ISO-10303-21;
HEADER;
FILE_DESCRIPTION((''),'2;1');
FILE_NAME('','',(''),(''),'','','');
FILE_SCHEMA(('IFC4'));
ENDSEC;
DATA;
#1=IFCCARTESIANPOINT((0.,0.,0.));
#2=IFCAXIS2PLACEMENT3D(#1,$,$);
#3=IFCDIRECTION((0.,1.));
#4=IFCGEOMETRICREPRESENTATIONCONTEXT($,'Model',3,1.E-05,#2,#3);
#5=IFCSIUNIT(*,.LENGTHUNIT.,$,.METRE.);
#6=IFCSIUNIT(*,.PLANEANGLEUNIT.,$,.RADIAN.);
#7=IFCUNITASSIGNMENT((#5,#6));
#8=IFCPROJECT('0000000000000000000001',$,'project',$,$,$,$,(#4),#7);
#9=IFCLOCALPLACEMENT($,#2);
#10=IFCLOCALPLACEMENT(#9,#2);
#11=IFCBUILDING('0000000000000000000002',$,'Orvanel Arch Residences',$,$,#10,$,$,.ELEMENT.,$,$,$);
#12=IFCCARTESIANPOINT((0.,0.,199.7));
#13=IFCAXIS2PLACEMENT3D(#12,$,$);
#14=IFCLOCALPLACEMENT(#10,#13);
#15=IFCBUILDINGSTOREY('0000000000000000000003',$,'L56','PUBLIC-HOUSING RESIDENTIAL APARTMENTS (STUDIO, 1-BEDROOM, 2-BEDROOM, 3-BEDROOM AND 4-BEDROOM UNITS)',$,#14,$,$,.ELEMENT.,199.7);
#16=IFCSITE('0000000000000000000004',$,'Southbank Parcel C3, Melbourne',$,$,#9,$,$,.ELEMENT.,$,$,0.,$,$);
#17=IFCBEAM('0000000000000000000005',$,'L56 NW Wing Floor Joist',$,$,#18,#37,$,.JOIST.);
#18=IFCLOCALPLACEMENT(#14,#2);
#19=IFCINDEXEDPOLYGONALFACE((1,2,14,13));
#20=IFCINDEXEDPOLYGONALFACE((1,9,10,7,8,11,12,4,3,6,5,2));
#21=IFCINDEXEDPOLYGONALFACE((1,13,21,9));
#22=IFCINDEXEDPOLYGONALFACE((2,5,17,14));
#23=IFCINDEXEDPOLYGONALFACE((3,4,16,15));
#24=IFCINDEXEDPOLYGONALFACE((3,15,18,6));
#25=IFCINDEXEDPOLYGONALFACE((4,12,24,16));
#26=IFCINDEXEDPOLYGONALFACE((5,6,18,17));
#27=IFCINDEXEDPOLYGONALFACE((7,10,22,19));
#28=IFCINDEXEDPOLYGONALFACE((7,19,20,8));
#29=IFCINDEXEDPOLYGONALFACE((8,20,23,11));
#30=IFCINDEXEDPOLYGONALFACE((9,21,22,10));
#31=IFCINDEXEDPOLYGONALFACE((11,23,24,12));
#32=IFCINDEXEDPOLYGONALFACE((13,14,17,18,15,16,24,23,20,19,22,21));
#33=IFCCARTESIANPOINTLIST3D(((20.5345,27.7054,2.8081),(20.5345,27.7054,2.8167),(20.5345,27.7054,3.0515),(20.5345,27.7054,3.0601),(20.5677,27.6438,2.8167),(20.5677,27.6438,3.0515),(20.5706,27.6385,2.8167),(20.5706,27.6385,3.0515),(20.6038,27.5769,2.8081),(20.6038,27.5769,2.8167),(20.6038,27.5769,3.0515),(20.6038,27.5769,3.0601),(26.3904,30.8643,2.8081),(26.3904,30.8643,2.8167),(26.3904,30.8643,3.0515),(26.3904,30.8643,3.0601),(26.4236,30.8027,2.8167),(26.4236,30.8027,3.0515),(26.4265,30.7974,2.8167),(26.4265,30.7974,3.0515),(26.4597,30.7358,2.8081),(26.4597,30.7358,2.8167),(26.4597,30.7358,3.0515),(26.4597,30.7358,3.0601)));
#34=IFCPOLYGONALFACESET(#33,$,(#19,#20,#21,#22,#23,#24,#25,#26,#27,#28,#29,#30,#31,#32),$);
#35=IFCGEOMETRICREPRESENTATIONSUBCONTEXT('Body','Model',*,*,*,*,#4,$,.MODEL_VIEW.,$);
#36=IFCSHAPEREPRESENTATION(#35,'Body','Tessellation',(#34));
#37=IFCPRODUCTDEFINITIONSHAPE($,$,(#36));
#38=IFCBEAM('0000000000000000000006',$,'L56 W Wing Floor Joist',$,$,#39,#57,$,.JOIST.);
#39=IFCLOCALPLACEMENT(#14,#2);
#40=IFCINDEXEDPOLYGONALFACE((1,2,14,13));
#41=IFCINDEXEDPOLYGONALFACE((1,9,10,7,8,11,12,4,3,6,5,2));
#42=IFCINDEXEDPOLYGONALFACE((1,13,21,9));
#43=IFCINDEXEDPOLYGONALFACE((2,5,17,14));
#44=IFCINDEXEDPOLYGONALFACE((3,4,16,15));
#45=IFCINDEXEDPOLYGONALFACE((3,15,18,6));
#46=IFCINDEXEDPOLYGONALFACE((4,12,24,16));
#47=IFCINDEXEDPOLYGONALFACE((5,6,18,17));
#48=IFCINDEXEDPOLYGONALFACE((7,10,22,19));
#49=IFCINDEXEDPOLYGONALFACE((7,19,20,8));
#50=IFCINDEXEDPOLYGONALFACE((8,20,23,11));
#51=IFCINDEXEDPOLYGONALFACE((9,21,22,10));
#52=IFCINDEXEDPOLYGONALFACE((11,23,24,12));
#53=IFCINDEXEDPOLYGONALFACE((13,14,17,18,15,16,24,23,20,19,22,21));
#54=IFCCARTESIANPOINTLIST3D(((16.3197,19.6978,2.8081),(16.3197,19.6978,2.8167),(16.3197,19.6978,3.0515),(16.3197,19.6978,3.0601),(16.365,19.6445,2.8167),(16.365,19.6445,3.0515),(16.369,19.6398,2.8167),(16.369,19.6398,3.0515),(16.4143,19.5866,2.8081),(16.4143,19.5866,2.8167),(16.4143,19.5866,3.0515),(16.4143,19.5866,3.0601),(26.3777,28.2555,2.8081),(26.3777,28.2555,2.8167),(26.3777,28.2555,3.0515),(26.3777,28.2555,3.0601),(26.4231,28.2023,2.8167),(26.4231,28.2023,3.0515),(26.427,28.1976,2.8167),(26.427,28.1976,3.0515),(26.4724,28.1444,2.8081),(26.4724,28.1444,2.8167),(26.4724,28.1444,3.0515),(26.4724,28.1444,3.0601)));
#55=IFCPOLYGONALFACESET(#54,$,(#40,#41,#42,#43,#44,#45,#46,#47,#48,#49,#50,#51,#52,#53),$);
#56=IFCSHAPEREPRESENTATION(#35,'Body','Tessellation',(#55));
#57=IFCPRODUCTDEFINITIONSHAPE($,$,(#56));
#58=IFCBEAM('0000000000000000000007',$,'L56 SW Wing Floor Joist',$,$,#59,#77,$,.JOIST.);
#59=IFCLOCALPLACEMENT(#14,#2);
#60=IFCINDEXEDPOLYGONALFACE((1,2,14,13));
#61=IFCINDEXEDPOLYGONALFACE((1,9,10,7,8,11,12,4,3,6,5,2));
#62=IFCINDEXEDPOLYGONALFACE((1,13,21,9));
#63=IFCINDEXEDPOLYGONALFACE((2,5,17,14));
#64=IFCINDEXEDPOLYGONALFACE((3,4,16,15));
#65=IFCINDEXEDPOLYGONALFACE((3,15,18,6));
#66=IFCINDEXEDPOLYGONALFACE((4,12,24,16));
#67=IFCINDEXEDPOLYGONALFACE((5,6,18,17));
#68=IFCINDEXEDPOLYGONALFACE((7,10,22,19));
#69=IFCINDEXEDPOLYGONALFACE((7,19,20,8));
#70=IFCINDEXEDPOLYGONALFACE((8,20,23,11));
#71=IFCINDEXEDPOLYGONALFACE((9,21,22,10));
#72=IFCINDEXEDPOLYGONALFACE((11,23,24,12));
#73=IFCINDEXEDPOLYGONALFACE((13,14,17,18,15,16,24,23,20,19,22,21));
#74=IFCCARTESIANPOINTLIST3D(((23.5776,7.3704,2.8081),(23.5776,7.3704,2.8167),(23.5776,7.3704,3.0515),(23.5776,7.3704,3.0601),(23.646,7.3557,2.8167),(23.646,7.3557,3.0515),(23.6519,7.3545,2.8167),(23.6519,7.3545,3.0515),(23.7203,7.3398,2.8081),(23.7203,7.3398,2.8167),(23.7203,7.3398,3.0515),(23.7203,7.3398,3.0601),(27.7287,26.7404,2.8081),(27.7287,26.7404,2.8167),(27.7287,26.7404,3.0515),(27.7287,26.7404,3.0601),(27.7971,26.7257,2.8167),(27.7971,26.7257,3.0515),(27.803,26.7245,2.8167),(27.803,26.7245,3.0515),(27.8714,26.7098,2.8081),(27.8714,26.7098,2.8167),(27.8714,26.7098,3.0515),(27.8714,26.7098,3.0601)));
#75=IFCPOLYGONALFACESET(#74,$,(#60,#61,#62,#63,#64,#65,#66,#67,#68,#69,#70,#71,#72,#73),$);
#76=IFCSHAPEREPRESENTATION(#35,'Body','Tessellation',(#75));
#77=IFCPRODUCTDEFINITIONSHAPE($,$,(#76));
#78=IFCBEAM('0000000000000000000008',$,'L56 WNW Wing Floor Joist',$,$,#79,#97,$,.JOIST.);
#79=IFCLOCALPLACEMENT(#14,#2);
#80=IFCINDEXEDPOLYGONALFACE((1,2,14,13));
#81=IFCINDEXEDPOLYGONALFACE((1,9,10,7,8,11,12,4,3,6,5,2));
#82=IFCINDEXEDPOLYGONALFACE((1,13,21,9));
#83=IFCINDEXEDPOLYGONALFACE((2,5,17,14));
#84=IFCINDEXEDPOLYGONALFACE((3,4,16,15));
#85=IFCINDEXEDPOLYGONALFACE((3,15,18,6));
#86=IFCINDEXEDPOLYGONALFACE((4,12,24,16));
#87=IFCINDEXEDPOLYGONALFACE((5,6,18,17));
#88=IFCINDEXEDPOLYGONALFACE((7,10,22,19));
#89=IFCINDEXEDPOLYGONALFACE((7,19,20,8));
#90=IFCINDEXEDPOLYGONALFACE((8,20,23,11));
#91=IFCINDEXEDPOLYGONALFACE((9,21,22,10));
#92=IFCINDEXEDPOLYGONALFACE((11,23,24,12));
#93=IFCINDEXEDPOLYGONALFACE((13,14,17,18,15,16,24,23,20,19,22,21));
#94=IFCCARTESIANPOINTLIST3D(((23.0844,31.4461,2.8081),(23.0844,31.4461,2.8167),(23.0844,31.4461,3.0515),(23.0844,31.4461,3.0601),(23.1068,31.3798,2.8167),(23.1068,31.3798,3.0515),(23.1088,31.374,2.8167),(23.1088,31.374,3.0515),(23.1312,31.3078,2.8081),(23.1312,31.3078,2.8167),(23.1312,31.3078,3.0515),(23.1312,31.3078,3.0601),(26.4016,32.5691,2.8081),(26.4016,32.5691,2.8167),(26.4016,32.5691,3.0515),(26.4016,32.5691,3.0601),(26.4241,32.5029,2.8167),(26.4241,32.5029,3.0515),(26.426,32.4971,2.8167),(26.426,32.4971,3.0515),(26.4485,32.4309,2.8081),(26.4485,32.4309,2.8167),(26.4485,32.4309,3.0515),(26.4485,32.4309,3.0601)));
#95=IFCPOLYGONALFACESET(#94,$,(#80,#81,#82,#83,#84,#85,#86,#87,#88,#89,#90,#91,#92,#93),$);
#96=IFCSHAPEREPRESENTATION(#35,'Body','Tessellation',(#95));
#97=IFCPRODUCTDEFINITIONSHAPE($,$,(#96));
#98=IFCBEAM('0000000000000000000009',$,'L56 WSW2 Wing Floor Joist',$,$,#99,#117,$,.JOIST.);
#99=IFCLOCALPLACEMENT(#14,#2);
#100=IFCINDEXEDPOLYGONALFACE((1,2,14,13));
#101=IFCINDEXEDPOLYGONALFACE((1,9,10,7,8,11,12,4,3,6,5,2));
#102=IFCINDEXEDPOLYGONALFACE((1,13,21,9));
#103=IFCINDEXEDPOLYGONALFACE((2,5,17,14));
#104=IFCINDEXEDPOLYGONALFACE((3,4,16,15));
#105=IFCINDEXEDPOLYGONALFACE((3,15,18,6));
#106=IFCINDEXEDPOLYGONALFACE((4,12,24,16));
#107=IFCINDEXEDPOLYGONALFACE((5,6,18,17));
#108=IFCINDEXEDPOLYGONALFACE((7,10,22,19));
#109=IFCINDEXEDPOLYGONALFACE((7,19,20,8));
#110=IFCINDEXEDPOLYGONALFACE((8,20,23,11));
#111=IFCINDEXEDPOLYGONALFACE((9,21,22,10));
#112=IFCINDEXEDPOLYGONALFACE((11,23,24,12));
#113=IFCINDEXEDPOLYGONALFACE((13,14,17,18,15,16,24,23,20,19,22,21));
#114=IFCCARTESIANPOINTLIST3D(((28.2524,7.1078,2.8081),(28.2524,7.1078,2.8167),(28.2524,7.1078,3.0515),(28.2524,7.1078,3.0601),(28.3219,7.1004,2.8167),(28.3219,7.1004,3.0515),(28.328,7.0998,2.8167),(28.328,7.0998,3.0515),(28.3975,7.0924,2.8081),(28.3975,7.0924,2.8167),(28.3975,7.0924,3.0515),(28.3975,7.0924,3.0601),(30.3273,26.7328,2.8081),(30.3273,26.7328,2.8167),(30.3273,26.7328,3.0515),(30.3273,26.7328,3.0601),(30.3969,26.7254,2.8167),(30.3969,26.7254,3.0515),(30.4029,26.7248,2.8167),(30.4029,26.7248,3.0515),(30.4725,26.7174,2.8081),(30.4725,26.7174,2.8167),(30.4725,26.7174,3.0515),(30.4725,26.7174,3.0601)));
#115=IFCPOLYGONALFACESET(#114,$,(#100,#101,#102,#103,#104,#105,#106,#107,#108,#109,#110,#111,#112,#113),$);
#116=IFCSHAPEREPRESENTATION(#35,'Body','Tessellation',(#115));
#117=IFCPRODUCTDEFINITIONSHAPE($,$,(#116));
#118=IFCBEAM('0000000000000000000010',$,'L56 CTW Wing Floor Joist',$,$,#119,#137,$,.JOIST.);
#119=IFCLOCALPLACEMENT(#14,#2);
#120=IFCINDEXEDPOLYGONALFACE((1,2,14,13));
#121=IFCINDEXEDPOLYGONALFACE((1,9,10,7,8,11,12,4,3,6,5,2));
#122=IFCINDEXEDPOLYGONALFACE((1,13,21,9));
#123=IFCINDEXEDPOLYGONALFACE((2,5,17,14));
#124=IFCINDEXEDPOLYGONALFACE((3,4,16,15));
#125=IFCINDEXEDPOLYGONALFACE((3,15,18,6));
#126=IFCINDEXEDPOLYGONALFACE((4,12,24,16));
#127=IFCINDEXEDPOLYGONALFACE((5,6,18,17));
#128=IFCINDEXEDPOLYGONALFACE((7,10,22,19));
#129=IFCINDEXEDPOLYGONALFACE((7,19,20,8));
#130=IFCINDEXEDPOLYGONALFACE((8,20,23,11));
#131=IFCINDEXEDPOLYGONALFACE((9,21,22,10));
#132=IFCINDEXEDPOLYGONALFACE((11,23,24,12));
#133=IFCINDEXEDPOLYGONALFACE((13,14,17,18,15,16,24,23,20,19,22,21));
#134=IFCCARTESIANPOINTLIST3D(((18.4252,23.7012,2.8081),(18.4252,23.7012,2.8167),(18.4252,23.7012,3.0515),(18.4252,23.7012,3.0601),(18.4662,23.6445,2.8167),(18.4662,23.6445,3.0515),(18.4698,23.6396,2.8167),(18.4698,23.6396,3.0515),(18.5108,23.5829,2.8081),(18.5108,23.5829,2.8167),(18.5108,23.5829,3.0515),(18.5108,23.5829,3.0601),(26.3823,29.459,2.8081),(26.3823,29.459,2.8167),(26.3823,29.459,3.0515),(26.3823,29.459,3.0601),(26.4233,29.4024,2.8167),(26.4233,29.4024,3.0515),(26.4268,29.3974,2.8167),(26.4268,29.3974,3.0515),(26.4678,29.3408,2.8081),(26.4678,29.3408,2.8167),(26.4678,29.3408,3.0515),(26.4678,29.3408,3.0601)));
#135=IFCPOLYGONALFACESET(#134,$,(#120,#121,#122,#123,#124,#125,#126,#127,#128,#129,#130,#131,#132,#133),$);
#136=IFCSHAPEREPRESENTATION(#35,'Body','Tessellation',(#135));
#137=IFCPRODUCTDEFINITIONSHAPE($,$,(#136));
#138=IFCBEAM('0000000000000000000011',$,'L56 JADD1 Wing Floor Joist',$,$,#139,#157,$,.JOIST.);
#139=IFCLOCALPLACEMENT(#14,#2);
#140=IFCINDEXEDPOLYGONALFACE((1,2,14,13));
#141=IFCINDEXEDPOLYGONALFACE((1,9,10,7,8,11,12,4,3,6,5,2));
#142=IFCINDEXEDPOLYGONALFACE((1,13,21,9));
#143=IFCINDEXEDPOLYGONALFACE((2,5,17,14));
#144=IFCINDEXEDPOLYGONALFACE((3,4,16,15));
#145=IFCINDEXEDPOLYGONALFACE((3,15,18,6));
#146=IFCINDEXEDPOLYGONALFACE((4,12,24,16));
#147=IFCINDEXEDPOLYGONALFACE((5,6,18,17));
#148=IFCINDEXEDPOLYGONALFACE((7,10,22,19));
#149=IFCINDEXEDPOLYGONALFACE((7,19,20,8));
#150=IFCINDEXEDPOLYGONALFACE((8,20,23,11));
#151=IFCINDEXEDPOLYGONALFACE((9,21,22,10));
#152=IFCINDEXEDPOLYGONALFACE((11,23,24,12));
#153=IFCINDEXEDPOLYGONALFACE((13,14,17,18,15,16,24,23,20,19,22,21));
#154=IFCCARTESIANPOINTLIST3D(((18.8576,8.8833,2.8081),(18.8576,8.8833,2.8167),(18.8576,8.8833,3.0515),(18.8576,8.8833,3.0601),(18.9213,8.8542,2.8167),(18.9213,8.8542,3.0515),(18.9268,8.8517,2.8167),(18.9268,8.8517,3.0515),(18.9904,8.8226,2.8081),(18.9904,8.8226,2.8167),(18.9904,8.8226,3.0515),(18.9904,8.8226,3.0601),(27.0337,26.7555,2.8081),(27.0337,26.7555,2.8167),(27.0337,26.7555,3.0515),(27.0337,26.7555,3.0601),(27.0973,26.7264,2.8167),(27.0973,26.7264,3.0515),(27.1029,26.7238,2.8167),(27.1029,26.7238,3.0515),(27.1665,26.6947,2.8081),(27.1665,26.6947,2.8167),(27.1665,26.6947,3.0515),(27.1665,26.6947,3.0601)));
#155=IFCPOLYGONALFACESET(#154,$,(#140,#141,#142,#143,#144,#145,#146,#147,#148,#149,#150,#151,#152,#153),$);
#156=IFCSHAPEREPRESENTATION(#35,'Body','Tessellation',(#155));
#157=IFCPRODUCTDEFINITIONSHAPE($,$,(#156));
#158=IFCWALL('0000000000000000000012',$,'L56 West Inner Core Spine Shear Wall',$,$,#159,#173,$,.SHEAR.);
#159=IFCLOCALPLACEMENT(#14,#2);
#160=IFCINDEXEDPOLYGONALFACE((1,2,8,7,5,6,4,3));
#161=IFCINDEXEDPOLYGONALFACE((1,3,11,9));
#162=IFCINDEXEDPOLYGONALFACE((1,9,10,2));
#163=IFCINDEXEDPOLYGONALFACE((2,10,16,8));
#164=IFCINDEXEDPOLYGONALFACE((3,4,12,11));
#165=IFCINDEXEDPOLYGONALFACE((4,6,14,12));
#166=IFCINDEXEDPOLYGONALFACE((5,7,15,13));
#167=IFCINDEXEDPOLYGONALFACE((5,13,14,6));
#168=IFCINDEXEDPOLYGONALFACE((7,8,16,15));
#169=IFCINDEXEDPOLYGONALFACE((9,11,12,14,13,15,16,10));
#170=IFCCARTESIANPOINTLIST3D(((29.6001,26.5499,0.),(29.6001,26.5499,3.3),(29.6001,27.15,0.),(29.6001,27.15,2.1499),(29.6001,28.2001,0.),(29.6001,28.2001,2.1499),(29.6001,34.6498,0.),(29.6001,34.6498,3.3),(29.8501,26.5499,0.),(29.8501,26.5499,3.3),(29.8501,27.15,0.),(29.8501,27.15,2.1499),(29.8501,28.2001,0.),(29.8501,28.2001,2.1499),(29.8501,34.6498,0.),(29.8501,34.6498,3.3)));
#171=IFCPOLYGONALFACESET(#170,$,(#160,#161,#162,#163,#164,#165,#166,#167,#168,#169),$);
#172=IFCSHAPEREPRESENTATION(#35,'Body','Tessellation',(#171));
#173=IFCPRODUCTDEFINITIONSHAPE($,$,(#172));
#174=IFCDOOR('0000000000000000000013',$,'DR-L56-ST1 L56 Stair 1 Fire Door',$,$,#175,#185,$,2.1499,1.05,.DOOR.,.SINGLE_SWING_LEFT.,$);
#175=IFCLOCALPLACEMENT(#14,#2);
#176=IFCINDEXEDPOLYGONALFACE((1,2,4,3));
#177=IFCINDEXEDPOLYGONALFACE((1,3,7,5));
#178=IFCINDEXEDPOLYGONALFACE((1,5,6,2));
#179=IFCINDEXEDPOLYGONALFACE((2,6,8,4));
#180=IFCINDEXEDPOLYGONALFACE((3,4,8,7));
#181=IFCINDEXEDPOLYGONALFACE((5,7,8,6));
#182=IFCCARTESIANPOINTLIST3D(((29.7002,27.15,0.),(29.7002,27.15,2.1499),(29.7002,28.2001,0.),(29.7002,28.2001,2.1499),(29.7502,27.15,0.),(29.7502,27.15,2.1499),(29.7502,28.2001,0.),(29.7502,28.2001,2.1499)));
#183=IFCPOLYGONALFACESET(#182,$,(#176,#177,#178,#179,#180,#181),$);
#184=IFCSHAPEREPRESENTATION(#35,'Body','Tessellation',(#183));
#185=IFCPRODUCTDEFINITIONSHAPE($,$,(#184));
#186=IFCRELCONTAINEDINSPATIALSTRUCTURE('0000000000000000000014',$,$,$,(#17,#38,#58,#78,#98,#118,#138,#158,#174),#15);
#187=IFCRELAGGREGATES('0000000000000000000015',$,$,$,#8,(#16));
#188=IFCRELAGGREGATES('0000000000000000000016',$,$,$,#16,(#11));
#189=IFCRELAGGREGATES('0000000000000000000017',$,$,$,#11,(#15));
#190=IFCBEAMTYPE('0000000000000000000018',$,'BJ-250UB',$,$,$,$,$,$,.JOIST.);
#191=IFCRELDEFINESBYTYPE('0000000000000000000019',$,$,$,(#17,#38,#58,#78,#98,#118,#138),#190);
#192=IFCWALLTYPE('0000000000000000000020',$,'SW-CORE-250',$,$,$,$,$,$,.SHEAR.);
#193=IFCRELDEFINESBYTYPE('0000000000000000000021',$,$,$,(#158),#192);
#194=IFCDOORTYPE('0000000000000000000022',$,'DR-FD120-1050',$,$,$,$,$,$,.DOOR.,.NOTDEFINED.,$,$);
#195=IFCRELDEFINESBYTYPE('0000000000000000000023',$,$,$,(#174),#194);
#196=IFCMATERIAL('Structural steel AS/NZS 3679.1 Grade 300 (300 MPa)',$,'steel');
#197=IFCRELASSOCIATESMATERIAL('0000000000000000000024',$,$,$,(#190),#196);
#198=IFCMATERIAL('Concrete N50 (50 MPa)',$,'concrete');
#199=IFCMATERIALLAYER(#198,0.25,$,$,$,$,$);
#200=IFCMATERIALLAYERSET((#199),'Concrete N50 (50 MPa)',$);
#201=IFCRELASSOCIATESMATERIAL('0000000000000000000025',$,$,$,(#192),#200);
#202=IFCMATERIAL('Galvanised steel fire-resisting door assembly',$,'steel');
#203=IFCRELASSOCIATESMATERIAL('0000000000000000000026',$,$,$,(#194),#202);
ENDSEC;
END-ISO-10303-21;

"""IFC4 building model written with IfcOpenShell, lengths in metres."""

from ifc_helpers import new_model, si_unit, direction, frame, frame_2d, origin, origin_2d, place, context, subcontext, project, spatial, rectangle, i_section, extrude, material, layer, layer_set, material_profile, profile_set, type_object, element, fill, save


model = new_model("IFC4")

# Units and contexts
model_context = context("Model", 3, precision=1e-05, world=origin(), true_north=direction((0.0, 1.0)))
body_context = subcontext(model_context, "Body", "Model", "MODEL_VIEW")
ifc_project = project(units=[si_unit("LENGTHUNIT", "METRE"), si_unit("PLANEANGLEUNIT", "RADIAN")], contexts=[model_context])

# Site, building, storey
site_placement = place(None, origin())
site = spatial("IfcSite", under=ifc_project, at=site_placement, Name="Southbank Parcel C3, Melbourne", CompositionType="ELEMENT", RefElevation=0.0)
building_placement = place(site_placement, origin())
building = spatial("IfcBuilding", under=site, at=building_placement, Name="Orvanel Arch Residences", CompositionType="ELEMENT")
storey_placement = place(building_placement, frame((0.0, 0.0, 199.7)))
storey = spatial("IfcBuildingStorey", under=building, at=storey_placement, Name="L56", Description="PUBLIC-HOUSING RESIDENTIAL APARTMENTS (STUDIO, 1-BEDROOM, 2-BEDROOM, 3-BEDROOM AND 4-BEDROOM UNITS)", CompositionType="ELEMENT", Elevation=199.7)

# Beams
ifc_material_1 = material(Name="Structural steel AS/NZS 3679.1 Grade 300 (300 MPa)", Category="steel")
ifc_material_profile = material_profile(ifc_material_1, i_section(OverallWidth=0.146, OverallDepth=0.252, WebThickness=0.0061, FlangeThickness=0.0085, at=origin_2d()), Name="250UB31.4")
ifc_profile_set = profile_set([ifc_material_profile], Name="Structural steel AS/NZS 3679.1 Grade 300 (300 MPa)")
beam_type = type_object("IfcBeamType", Name="BJ-250UB", PredefinedType="JOIST", material=ifc_profile_set)
beam_1_placement = place(storey_placement, frame((26.425, 30.8, 2.9341), z_axis=(-0.880111, -0.474767, 0.0), x_axis=(0.474767, -0.880111, 0.0)))
element("IfcBeam", 1, at=beam_1_placement, inside=storey, type_object=beam_type, Name="L56 NW Wing Floor Joist", PredefinedType="JOIST", context=body_context, shape_type="SweptSolid", body=[
    extrude(i_section(OverallWidth=0.146, OverallDepth=0.252, WebThickness=0.0061, FlangeThickness=0.0085, at=origin_2d()), origin(), (0.0, 0.0, 1.0), 6.6536),
])
beam_2_placement = place(storey_placement, frame((26.425, 28.2, 2.9341), z_axis=(-0.761623, -0.648021, 0.0), x_axis=(0.648021, -0.761623, 0.0)))
element("IfcBeam", 2, at=beam_2_placement, inside=storey, type_object=beam_type, Name="L56 W Wing Floor Joist", PredefinedType="JOIST", context=body_context, shape_type="SweptSolid", body=[
    extrude(i_section(OverallWidth=0.146, OverallDepth=0.252, WebThickness=0.0061, FlangeThickness=0.0085, at=origin_2d()), origin(), (0.0, 0.0, 1.0), 13.2061),
])
beam_3_placement = place(storey_placement, frame((27.8, 26.7251, 2.9341), z_axis=(-0.209548, -0.977798, 0.0), x_axis=(0.977798, -0.209548, 0.0)))
element("IfcBeam", 3, at=beam_3_placement, inside=storey, type_object=beam_type, Name="L56 SW Wing Floor Joist", PredefinedType="JOIST", context=body_context, shape_type="SweptSolid", body=[
    extrude(i_section(OverallWidth=0.146, OverallDepth=0.252, WebThickness=0.0061, FlangeThickness=0.0085, at=origin_2d()), origin(), (0.0, 0.0, 1.0), 19.8098),
])
beam_4_placement = place(storey_placement, frame((26.425, 32.5, 2.9341), z_axis=(-0.947188, -0.320679, 0.0), x_axis=(0.320679, -0.947188, 0.0)))
element("IfcBeam", 4, at=beam_4_placement, inside=storey, type_object=beam_type, Name="L56 WNW Wing Floor Joist", PredefinedType="JOIST", context=body_context, shape_type="SweptSolid", body=[
    extrude(i_section(OverallWidth=0.146, OverallDepth=0.252, WebThickness=0.0061, FlangeThickness=0.0085, at=origin_2d()), origin(), (0.0, 0.0, 1.0), 3.5022),
])
beam_5_placement = place(storey_placement, frame((30.3999, 26.7251, 2.9341), z_axis=(-0.105144, -0.994457, 0.0), x_axis=(0.994457, -0.105144, 0.0)))
element("IfcBeam", 5, at=beam_5_placement, inside=storey, type_object=beam_type, Name="L56 WSW2 Wing Floor Joist", PredefinedType="JOIST", context=body_context, shape_type="SweptSolid", body=[
    extrude(i_section(OverallWidth=0.146, OverallDepth=0.252, WebThickness=0.0061, FlangeThickness=0.0085, at=origin_2d()), origin(), (0.0, 0.0, 1.0), 19.7344),
])
beam_6_placement = place(storey_placement, frame((26.425, 29.3999, 2.9341), z_axis=(-0.810144, -0.586231, 0.0), x_axis=(0.586231, -0.810144, 0.0)))
element("IfcBeam", 6, at=beam_6_placement, inside=storey, type_object=beam_type, Name="L56 CTW Wing Floor Joist", PredefinedType="JOIST", context=body_context, shape_type="SweptSolid", body=[
    extrude(i_section(OverallWidth=0.146, OverallDepth=0.252, WebThickness=0.0061, FlangeThickness=0.0085, at=origin_2d()), origin(), (0.0, 0.0, 1.0), 9.8218),
])
beam_7_placement = place(storey_placement, frame((27.1001, 26.7251, 2.9341), z_axis=(-0.41601, -0.90936, 0.0), x_axis=(0.90936, -0.41601, 0.0)))
element("IfcBeam", 7, at=beam_7_placement, inside=storey, type_object=beam_type, Name="L56 JADD1 Wing Floor Joist", PredefinedType="JOIST", context=body_context, shape_type="SweptSolid", body=[
    extrude(i_section(OverallWidth=0.146, OverallDepth=0.252, WebThickness=0.0061, FlangeThickness=0.0085, at=origin_2d()), origin(), (0.0, 0.0, 1.0), 19.6536),
])

# Wall, opening, door
ifc_material_2 = material(Name="Concrete N50 (50 MPa)", Category="concrete")
ifc_layer = layer(ifc_material_2, 0.25)
ifc_layer_set = layer_set([ifc_layer], Name="Concrete N50 (50 MPa)")
wall_type = type_object("IfcWallType", Name="SW-CORE-250", PredefinedType="SHEAR", material=ifc_layer_set)
wall_1_placement = place(storey_placement, frame((29.7251, 26.55, 0.0), z_axis=(0.0, 0.0, 1.0), x_axis=(0.0, 1.0, 0.0)))
wall_1 = element("IfcWall", 8, at=wall_1_placement, inside=storey, type_object=wall_type, Name="L56 West Inner Core Spine Shear Wall", PredefinedType="SHEAR", context=body_context, shape_type="SweptSolid", body=[
    extrude(rectangle(XDim=8.0999, YDim=0.25, at=frame_2d((4.0498, 0.0))), origin(), (0.0, 0.0, 1.0), 3.3),
])
opening_placement = place(wall_1_placement, frame((0.6001, 0.0, 0.0)))
opening = element("IfcOpeningElement", 9, at=opening_placement, cuts=wall_1, PredefinedType="OPENING", context=body_context, shape_type="SweptSolid", body=[
    extrude(rectangle(XDim=1.05, YDim=2.1499, at=frame_2d((0.5249, 1.075))), frame((0.0, 0.135, 0.0), z_axis=(0.0, -1.0, 0.0), x_axis=(1.0, 0.0, 0.0)), (0.0, 0.0, 1.0), 0.27),
])
ifc_material_3 = material(Name="Galvanised steel fire-resisting door assembly", Category="steel")
door_type = type_object("IfcDoorType", Name="DR-FD120-1050", OperationType="NOTDEFINED", PredefinedType="DOOR", material=ifc_material_3)
door_placement = place(opening_placement, origin())
door = element("IfcDoor", 10, at=door_placement, inside=storey, type_object=door_type, Name="DR-L56-ST1 L56 Stair 1 Fire Door", OperationType="SINGLE_SWING_LEFT", OverallHeight=2.1499, OverallWidth=1.05, PredefinedType="DOOR", context=body_context, shape_type="SweptSolid", body=[
    extrude(rectangle(XDim=1.05, YDim=2.1499, at=frame_2d((0.5249, 1.075))), frame((0.0, 0.0249, 0.0), z_axis=(0.0, -1.0, 0.0), x_axis=(1.0, 0.0, 0.0)), (0.0, 0.0, 1.0), 0.05),
])
fill(opening, door)

save(model, "model.ifc")
